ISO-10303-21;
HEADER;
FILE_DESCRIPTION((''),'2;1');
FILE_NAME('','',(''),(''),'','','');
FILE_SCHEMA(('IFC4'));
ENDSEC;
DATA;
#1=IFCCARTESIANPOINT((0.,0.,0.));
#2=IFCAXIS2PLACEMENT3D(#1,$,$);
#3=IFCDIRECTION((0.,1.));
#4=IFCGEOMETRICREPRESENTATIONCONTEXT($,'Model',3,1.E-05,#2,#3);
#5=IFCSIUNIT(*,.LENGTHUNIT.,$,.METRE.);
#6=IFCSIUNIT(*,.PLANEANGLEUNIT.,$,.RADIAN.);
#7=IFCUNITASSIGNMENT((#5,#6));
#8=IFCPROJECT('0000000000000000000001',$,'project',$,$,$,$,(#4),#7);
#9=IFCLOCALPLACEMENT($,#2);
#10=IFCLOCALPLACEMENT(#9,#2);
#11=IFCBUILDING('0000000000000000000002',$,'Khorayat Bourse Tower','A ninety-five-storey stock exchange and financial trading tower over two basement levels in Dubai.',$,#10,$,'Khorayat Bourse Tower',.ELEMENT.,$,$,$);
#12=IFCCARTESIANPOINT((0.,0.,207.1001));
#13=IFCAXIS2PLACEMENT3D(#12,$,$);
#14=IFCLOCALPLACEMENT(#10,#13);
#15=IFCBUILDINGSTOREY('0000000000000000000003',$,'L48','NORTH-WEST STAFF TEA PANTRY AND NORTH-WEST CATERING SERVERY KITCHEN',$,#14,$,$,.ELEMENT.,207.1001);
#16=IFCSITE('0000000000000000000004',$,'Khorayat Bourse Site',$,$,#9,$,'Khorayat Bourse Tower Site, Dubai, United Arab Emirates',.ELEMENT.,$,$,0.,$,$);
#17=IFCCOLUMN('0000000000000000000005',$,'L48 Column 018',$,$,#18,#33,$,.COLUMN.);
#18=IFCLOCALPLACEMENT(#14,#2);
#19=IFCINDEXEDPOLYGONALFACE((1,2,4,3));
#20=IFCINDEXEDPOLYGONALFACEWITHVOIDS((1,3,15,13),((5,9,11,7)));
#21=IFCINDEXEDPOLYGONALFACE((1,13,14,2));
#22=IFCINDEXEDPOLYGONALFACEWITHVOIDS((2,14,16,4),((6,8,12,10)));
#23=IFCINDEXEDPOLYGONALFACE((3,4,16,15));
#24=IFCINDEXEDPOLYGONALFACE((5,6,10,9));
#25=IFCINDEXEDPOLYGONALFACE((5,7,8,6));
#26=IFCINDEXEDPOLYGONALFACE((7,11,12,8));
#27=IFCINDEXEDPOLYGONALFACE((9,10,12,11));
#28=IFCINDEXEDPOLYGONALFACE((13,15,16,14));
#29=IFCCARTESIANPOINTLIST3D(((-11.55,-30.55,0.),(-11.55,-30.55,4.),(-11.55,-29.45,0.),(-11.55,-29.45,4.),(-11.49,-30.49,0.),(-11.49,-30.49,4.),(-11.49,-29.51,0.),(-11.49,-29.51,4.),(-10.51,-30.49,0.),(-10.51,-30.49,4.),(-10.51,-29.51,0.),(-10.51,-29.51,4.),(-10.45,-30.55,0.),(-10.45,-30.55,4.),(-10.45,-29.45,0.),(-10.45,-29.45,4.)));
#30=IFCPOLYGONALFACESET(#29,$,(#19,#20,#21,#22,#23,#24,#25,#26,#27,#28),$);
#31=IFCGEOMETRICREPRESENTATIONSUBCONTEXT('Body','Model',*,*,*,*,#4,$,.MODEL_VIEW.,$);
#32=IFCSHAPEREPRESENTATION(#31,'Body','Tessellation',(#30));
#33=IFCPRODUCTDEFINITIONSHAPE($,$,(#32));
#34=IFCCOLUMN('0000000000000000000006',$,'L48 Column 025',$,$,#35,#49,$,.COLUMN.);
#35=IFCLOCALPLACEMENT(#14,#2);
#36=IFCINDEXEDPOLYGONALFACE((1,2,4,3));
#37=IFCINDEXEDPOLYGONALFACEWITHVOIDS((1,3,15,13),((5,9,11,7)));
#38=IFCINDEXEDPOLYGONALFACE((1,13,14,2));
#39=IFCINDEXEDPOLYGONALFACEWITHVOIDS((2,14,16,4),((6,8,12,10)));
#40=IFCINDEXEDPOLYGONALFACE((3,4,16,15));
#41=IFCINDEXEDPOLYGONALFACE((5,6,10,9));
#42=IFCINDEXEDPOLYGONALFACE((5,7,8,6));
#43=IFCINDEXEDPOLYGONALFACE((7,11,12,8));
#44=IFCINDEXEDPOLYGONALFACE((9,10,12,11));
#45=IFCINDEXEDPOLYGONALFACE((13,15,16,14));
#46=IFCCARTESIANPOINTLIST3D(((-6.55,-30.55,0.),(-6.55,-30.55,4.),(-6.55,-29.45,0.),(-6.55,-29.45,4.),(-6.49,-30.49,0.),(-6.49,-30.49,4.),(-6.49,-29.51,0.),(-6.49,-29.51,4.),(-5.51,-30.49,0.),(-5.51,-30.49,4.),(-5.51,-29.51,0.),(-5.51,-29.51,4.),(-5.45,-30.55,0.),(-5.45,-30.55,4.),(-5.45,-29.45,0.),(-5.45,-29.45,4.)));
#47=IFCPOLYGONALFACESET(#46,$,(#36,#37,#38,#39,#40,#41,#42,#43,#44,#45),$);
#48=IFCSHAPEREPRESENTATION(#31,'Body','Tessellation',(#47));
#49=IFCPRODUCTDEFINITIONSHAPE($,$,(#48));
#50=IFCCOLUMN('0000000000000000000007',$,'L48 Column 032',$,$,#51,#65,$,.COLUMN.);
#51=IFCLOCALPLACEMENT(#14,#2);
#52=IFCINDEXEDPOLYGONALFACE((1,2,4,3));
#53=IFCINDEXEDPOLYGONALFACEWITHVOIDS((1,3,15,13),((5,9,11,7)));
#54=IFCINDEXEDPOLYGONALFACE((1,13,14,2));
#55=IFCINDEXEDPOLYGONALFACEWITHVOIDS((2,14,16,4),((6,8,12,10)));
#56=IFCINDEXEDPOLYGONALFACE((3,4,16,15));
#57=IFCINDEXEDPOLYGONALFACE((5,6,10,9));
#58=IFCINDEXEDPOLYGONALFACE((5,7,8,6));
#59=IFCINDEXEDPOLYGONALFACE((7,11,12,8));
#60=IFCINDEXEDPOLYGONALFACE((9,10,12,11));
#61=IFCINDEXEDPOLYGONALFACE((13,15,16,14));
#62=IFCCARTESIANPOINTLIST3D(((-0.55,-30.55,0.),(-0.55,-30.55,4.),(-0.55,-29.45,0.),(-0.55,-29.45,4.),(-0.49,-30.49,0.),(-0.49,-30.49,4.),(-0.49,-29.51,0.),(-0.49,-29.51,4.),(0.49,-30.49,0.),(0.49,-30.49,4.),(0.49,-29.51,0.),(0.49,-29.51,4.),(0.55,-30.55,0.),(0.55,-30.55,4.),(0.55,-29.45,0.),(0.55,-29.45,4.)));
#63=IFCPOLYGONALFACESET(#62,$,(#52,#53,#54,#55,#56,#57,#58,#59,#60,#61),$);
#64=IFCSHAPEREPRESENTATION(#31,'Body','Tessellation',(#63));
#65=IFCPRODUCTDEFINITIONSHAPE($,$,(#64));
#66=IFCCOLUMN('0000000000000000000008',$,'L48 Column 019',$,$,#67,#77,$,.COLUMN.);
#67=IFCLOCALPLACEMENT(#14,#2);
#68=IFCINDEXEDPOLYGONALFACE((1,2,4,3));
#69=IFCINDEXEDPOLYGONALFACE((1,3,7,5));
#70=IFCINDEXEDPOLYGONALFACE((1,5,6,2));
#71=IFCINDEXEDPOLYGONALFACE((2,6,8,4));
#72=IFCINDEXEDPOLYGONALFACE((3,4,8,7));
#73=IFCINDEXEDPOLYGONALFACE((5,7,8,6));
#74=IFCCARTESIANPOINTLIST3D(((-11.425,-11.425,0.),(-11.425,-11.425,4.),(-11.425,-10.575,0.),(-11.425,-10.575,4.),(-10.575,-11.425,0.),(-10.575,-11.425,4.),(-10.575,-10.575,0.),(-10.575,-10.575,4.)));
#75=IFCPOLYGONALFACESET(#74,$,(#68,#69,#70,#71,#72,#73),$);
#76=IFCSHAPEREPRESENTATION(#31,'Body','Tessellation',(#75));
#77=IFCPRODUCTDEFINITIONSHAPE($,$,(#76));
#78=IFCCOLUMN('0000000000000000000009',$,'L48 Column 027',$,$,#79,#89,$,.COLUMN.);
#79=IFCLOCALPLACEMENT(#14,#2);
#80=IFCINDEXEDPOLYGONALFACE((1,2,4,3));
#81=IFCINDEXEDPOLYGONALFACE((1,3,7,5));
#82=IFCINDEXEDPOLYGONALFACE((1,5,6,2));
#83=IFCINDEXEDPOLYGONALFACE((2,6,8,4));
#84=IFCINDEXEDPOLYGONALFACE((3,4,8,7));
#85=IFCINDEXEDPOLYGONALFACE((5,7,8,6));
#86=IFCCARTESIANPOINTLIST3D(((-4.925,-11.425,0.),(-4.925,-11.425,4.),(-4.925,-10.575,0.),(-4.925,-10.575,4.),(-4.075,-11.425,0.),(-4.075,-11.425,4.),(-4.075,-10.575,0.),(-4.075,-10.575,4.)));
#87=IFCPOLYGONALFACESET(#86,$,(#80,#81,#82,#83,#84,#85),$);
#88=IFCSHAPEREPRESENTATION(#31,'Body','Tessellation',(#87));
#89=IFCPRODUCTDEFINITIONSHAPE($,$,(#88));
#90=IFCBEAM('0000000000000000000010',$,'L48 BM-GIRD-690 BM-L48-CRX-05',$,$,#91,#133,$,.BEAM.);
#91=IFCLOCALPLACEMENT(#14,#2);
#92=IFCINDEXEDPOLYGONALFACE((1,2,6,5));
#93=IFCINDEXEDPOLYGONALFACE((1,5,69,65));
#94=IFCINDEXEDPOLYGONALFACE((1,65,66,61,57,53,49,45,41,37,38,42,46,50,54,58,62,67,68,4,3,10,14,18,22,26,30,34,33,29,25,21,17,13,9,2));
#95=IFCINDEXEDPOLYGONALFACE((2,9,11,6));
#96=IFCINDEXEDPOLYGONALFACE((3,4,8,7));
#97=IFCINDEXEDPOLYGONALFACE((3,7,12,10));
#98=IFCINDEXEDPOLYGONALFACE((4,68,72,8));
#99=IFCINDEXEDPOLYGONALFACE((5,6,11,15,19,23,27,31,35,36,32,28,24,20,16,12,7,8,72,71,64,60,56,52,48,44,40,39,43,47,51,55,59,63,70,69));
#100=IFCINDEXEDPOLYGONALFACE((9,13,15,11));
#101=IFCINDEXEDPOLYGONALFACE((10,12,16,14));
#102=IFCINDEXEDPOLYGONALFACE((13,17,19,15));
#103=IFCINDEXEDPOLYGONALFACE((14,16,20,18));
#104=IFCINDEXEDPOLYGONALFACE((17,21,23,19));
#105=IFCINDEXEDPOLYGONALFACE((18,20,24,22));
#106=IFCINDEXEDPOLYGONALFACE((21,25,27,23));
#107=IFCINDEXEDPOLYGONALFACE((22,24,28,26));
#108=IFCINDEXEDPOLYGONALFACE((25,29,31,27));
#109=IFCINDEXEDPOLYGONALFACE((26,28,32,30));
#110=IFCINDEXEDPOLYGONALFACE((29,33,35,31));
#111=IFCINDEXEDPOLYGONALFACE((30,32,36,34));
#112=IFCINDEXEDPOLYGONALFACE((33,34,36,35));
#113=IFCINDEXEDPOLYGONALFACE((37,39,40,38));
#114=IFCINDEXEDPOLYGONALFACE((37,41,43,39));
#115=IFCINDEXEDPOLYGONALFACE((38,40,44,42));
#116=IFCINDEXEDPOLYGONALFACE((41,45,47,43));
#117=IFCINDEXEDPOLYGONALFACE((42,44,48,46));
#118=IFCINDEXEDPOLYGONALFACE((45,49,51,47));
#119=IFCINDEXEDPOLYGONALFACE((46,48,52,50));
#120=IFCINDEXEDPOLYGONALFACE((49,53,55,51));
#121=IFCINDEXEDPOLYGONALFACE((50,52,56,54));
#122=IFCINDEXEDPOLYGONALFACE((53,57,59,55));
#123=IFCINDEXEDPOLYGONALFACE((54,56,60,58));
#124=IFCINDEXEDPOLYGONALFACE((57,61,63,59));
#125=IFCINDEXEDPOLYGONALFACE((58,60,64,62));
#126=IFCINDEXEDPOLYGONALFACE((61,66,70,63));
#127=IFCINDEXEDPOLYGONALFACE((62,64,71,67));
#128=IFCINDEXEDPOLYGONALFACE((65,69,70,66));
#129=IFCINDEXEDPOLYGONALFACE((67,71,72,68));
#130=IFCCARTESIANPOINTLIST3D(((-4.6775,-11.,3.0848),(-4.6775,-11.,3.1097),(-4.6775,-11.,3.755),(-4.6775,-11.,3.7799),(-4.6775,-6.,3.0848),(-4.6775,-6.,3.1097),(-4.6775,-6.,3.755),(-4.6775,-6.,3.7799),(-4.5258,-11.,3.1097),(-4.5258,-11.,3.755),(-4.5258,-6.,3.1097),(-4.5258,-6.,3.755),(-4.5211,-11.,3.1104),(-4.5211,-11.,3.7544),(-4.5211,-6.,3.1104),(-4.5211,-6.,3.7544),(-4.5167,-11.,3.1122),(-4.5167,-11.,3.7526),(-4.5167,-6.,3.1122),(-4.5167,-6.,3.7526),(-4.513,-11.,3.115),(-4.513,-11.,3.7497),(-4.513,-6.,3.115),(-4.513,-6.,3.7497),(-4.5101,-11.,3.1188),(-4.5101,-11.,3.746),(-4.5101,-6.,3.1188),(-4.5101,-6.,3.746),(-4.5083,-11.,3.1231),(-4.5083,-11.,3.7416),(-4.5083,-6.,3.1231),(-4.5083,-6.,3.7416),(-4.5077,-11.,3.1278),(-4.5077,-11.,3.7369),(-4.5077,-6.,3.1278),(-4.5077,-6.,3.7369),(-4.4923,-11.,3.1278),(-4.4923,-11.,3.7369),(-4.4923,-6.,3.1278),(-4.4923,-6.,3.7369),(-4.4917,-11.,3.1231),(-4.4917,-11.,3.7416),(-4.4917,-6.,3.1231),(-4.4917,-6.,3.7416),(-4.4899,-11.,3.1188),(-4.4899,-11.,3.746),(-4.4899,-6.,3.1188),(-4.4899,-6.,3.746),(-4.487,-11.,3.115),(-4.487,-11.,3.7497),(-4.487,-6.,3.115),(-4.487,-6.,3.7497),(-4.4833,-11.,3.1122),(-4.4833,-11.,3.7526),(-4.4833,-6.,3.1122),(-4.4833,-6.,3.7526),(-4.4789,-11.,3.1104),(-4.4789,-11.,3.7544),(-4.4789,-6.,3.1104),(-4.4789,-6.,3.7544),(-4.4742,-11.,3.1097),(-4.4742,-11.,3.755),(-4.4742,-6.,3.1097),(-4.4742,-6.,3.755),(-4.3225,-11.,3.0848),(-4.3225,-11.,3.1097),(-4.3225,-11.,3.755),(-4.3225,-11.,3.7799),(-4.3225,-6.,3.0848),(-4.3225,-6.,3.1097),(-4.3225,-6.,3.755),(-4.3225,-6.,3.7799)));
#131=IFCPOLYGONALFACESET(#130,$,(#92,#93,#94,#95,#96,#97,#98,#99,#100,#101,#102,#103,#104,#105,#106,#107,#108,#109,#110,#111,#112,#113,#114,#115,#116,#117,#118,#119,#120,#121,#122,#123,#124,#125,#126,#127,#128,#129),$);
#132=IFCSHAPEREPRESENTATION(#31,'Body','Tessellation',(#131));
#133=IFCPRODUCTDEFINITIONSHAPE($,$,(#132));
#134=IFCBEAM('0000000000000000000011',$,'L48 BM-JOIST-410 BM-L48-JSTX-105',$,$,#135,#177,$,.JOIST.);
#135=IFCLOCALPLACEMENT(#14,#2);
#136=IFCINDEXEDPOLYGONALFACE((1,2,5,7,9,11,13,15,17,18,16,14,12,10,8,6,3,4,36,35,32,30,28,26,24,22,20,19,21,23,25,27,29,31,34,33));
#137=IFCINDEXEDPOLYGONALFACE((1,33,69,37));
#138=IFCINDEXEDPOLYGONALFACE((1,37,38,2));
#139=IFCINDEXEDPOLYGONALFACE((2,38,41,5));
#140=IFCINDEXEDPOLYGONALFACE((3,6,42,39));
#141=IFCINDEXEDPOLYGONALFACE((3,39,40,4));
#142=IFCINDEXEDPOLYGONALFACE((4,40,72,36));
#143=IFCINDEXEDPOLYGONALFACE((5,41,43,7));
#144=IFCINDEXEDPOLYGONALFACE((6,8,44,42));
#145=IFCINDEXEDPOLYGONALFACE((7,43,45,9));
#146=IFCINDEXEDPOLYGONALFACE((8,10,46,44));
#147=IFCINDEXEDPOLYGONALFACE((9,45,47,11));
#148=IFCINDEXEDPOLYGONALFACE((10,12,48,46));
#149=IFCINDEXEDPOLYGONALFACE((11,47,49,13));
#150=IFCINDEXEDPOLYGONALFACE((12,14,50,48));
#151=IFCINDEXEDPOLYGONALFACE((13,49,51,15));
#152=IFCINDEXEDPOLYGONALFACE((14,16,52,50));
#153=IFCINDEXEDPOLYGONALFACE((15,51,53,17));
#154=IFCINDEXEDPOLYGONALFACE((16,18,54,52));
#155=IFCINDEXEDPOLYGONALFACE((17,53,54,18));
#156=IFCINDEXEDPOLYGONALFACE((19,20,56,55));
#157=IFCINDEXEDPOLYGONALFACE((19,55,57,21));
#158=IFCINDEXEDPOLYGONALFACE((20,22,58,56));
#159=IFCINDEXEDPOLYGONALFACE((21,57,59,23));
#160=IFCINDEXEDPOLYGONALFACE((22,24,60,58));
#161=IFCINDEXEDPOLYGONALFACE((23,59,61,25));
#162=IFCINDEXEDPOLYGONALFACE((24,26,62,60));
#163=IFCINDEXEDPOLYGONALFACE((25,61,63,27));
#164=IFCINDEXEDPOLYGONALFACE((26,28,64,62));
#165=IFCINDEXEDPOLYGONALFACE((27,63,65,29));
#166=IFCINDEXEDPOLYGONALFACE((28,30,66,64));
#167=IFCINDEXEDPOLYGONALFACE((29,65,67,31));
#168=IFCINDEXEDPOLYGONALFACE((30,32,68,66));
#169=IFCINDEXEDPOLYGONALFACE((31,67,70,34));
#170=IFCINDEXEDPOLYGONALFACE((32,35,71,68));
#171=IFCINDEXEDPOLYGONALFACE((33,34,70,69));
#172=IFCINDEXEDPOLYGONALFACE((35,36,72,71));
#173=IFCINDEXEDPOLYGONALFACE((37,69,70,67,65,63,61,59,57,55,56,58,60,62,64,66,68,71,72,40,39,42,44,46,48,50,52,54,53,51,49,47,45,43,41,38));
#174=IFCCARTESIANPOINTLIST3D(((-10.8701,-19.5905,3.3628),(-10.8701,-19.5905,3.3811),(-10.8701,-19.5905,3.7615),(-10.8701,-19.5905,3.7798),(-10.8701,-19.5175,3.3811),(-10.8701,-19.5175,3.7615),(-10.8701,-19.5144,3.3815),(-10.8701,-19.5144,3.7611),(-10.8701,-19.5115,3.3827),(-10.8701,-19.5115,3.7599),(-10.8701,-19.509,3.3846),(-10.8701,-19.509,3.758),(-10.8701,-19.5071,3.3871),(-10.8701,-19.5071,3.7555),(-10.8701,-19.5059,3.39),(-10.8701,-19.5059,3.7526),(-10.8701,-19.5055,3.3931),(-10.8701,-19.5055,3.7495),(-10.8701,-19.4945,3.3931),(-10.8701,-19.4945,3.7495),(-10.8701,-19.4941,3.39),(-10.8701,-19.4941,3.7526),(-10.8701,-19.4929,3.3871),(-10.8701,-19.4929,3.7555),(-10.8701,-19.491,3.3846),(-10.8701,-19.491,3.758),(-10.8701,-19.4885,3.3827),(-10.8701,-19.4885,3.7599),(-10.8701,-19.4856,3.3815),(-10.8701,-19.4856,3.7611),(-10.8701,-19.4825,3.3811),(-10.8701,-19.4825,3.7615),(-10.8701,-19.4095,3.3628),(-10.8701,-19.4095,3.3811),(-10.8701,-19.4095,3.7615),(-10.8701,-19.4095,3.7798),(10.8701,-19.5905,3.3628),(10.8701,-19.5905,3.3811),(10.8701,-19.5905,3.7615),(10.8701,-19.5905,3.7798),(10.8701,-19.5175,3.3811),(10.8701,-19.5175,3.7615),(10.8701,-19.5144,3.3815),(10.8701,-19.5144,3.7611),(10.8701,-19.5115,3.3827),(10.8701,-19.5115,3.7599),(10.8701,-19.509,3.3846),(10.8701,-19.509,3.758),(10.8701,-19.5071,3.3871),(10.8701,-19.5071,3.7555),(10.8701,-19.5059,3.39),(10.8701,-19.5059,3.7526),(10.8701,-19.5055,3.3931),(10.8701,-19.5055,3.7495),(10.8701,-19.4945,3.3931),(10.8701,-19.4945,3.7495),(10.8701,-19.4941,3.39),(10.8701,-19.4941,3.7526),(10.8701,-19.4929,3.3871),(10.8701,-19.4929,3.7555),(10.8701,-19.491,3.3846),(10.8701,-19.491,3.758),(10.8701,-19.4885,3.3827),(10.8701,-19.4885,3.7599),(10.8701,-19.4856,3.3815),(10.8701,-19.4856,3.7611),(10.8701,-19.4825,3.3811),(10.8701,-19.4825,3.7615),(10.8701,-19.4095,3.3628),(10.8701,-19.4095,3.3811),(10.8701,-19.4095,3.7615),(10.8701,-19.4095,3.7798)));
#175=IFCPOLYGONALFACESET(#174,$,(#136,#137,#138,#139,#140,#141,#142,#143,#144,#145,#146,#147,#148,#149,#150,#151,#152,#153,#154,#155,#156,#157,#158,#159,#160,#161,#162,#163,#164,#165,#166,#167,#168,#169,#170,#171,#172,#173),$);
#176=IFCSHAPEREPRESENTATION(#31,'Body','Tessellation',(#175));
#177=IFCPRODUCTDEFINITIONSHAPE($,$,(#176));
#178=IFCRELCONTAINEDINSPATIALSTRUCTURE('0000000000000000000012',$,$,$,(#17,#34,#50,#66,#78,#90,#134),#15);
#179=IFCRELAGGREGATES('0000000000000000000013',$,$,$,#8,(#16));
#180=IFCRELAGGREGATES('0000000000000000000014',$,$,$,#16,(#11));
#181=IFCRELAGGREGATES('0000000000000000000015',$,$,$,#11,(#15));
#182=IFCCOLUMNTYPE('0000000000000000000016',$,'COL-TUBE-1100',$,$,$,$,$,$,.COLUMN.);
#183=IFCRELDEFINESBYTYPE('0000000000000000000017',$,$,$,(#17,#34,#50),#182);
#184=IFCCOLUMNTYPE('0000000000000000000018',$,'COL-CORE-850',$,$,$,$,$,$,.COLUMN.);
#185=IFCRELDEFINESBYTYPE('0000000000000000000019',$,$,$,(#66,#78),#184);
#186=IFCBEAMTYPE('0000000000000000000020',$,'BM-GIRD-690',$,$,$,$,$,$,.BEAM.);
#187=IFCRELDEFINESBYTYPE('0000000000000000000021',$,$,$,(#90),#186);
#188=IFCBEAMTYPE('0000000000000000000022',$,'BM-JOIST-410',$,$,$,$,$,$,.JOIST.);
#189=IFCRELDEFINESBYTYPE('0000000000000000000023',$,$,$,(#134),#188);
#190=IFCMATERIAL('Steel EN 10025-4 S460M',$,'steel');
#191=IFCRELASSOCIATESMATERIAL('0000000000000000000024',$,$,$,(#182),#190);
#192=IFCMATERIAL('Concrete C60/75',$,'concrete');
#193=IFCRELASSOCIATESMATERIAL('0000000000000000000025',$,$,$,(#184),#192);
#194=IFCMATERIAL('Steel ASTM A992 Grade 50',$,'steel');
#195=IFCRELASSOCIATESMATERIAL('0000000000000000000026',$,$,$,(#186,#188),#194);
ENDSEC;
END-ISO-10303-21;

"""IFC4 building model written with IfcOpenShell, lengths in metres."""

from ifc_helpers import new_model, si_unit, direction, frame, origin, origin_2d, place, context, subcontext, project, spatial, rectangle, hollow_rectangle, i_section, extrude, source, transform, mapped, material, material_profile, profile_set, type_object, element, save


model = new_model("IFC4")

# Units and contexts
model_context = context("Model", 3, precision=1e-05, world=origin(), true_north=direction((0.0, 1.0)))
body_context = subcontext(model_context, "Body", "Model", "MODEL_VIEW")
ifc_project = project(units=[si_unit("LENGTHUNIT", "METRE"), si_unit("PLANEANGLEUNIT", "RADIAN")], contexts=[model_context])

# Site, building, storey
site_placement = place(None, origin())
site = spatial("IfcSite", under=ifc_project, at=site_placement, Name="Khorayat Bourse Site", LongName="Khorayat Bourse Tower Site, Dubai, United Arab Emirates", CompositionType="ELEMENT", RefElevation=0.0)
building_placement = place(site_placement, origin())
building = spatial("IfcBuilding", under=site, at=building_placement, Name="Khorayat Bourse Tower", Description="A ninety-five-storey stock exchange and financial trading tower over two basement levels in Dubai.", LongName="Khorayat Bourse Tower", CompositionType="ELEMENT")
storey_placement = place(building_placement, frame((0.0, 0.0, 207.1001)))
storey = spatial("IfcBuildingStorey", under=building, at=storey_placement, Name="L48", Description="NORTH-WEST STAFF TEA PANTRY AND NORTH-WEST CATERING SERVERY KITCHEN", CompositionType="ELEMENT", Elevation=207.1001)

# Columns
ifc_material_1 = material(Name="Steel EN 10025-4 S460M", Category="steel")
ifc_material_profile_1 = material_profile(ifc_material_1, hollow_rectangle(XDim=1.1001, YDim=1.1001, WallThickness=0.0601, at=origin_2d()), Name="BOX 1100x1100x60")
ifc_profile_set_1 = profile_set([ifc_material_profile_1], Name="Steel EN 10025-4 S460M")
column_type_1 = type_object("IfcColumnType", Name="COL-TUBE-1100", PredefinedType="COLUMN", material=ifc_profile_set_1)
shared_shape_1 = source(origin(), body_context, "Body", "SweptSolid", [
    extrude(hollow_rectangle(XDim=1.1001, YDim=1.1001, WallThickness=0.0601, at=origin_2d()), origin(), (0.0, 0.0, 1.0), 4.0),
])
for number, where, z_axis, x_axis, name in (
    (1, (-11.0, -30.0, 0.0), (0.0, 0.0, 1.0), (1.0, 0.0, 0.0), "L48 Column 018"),
    (2, (-6.0, -30.0, 0.0), (0.0, 0.0, 1.0), (1.0, 0.0, 0.0), "L48 Column 025"),
    (3, (0.0, -30.0, 0.0), (0.0, 0.0, 1.0), (1.0, 0.0, 0.0), "L48 Column 032"),
):
    element("IfcColumn", number, at=place(storey_placement, frame(where, z_axis=z_axis, x_axis=x_axis)), inside=storey, type_object=column_type_1, Name=name, PredefinedType="COLUMN", context=body_context, shape_type="MappedRepresentation", body=[
        mapped(shared_shape_1, transform((0.0, 0.0, 0.0), scale=1.0)),
    ])
ifc_material_2 = material(Name="Concrete C60/75", Category="concrete")
ifc_material_profile_2 = material_profile(ifc_material_2, rectangle(XDim=0.8501, YDim=0.8501, at=origin_2d()), Name="RC 850x850")
ifc_profile_set_2 = profile_set([ifc_material_profile_2], Name="Concrete C60/75")
column_type_2 = type_object("IfcColumnType", Name="COL-CORE-850", PredefinedType="COLUMN", material=ifc_profile_set_2)
shared_shape_2 = source(origin(), body_context, "Body", "SweptSolid", [
    extrude(rectangle(XDim=0.8501, YDim=0.8501, at=origin_2d()), origin(), (0.0, 0.0, 1.0), 4.0),
])
for number, where, z_axis, x_axis, name in (
    (4, (-11.0, -11.0, 0.0), (0.0, 0.0, 1.0), (1.0, 0.0, 0.0), "L48 Column 019"),
    (5, (-4.5, -11.0, 0.0), (0.0, 0.0, 1.0), (1.0, 0.0, 0.0), "L48 Column 027"),
):
    element("IfcColumn", number, at=place(storey_placement, frame(where, z_axis=z_axis, x_axis=x_axis)), inside=storey, type_object=column_type_2, Name=name, PredefinedType="COLUMN", context=body_context, shape_type="MappedRepresentation", body=[
        mapped(shared_shape_2, transform((0.0, 0.0, 0.0), scale=1.0)),
    ])

# Beams
ifc_material_3 = material(Name="Steel ASTM A992 Grade 50", Category="steel")
ifc_material_profile_3 = material_profile(ifc_material_3, i_section(OverallWidth=0.355, OverallDepth=0.6951, WebThickness=0.0154, FlangeThickness=0.0249, FilletRadius=0.0181, at=origin_2d()), Name="W690X217")
ifc_profile_set_3 = profile_set([ifc_material_profile_3], Name="Steel ASTM A992 Grade 50")
beam_type_1 = type_object("IfcBeamType", Name="BM-GIRD-690", PredefinedType="BEAM", material=ifc_profile_set_3)
shared_shape_3 = source(origin(), body_context, "Body", "SweptSolid", [
    extrude(i_section(OverallWidth=0.355, OverallDepth=0.6951, WebThickness=0.0154, FlangeThickness=0.0249, FilletRadius=0.0181, at=origin_2d()), origin(), (0.0, 0.0, 1.0), 5.0),
])
beam_1_placement = place(storey_placement, frame((-4.5, -11.0, 3.4324), z_axis=(0.0, 1.0, 0.0), x_axis=(-1.0, 0.0, 0.0)))
element("IfcBeam", 6, at=beam_1_placement, inside=storey, type_object=beam_type_1, Name="L48 BM-GIRD-690 BM-L48-CRX-05", PredefinedType="BEAM", context=body_context, shape_type="MappedRepresentation", body=[
    mapped(shared_shape_3, transform((0.0, 0.0, 0.0), scale=1.0)),
])
ifc_material_profile_4 = material_profile(ifc_material_3, i_section(OverallWidth=0.1809, OverallDepth=0.417, WebThickness=0.011, FlangeThickness=0.0183, FilletRadius=0.012, at=origin_2d()), Name="W410X85")
ifc_profile_set_4 = profile_set([ifc_material_profile_4], Name="Steel ASTM A992 Grade 50")
beam_type_2 = type_object("IfcBeamType", Name="BM-JOIST-410", PredefinedType="JOIST", material=ifc_profile_set_4)
shared_shape_4 = source(origin(), body_context, "Body", "SweptSolid", [
    extrude(i_section(OverallWidth=0.1809, OverallDepth=0.417, WebThickness=0.011, FlangeThickness=0.0183, FilletRadius=0.012, at=origin_2d()), origin(), (0.0, 0.0, 1.0), 21.7402),
])
beam_2_placement = place(storey_placement, frame((-10.8701, -19.5, 3.5713), z_axis=(1.0, 0.0, 0.0), x_axis=(0.0, 1.0, 0.0)))
element("IfcBeam", 7, at=beam_2_placement, inside=storey, type_object=beam_type_2, Name="L48 BM-JOIST-410 BM-L48-JSTX-105", PredefinedType="JOIST", context=body_context, shape_type="MappedRepresentation", body=[
    mapped(shared_shape_4, transform((0.0, 0.0, 0.0), scale=1.0)),
])

save(model, "model.ifc")
